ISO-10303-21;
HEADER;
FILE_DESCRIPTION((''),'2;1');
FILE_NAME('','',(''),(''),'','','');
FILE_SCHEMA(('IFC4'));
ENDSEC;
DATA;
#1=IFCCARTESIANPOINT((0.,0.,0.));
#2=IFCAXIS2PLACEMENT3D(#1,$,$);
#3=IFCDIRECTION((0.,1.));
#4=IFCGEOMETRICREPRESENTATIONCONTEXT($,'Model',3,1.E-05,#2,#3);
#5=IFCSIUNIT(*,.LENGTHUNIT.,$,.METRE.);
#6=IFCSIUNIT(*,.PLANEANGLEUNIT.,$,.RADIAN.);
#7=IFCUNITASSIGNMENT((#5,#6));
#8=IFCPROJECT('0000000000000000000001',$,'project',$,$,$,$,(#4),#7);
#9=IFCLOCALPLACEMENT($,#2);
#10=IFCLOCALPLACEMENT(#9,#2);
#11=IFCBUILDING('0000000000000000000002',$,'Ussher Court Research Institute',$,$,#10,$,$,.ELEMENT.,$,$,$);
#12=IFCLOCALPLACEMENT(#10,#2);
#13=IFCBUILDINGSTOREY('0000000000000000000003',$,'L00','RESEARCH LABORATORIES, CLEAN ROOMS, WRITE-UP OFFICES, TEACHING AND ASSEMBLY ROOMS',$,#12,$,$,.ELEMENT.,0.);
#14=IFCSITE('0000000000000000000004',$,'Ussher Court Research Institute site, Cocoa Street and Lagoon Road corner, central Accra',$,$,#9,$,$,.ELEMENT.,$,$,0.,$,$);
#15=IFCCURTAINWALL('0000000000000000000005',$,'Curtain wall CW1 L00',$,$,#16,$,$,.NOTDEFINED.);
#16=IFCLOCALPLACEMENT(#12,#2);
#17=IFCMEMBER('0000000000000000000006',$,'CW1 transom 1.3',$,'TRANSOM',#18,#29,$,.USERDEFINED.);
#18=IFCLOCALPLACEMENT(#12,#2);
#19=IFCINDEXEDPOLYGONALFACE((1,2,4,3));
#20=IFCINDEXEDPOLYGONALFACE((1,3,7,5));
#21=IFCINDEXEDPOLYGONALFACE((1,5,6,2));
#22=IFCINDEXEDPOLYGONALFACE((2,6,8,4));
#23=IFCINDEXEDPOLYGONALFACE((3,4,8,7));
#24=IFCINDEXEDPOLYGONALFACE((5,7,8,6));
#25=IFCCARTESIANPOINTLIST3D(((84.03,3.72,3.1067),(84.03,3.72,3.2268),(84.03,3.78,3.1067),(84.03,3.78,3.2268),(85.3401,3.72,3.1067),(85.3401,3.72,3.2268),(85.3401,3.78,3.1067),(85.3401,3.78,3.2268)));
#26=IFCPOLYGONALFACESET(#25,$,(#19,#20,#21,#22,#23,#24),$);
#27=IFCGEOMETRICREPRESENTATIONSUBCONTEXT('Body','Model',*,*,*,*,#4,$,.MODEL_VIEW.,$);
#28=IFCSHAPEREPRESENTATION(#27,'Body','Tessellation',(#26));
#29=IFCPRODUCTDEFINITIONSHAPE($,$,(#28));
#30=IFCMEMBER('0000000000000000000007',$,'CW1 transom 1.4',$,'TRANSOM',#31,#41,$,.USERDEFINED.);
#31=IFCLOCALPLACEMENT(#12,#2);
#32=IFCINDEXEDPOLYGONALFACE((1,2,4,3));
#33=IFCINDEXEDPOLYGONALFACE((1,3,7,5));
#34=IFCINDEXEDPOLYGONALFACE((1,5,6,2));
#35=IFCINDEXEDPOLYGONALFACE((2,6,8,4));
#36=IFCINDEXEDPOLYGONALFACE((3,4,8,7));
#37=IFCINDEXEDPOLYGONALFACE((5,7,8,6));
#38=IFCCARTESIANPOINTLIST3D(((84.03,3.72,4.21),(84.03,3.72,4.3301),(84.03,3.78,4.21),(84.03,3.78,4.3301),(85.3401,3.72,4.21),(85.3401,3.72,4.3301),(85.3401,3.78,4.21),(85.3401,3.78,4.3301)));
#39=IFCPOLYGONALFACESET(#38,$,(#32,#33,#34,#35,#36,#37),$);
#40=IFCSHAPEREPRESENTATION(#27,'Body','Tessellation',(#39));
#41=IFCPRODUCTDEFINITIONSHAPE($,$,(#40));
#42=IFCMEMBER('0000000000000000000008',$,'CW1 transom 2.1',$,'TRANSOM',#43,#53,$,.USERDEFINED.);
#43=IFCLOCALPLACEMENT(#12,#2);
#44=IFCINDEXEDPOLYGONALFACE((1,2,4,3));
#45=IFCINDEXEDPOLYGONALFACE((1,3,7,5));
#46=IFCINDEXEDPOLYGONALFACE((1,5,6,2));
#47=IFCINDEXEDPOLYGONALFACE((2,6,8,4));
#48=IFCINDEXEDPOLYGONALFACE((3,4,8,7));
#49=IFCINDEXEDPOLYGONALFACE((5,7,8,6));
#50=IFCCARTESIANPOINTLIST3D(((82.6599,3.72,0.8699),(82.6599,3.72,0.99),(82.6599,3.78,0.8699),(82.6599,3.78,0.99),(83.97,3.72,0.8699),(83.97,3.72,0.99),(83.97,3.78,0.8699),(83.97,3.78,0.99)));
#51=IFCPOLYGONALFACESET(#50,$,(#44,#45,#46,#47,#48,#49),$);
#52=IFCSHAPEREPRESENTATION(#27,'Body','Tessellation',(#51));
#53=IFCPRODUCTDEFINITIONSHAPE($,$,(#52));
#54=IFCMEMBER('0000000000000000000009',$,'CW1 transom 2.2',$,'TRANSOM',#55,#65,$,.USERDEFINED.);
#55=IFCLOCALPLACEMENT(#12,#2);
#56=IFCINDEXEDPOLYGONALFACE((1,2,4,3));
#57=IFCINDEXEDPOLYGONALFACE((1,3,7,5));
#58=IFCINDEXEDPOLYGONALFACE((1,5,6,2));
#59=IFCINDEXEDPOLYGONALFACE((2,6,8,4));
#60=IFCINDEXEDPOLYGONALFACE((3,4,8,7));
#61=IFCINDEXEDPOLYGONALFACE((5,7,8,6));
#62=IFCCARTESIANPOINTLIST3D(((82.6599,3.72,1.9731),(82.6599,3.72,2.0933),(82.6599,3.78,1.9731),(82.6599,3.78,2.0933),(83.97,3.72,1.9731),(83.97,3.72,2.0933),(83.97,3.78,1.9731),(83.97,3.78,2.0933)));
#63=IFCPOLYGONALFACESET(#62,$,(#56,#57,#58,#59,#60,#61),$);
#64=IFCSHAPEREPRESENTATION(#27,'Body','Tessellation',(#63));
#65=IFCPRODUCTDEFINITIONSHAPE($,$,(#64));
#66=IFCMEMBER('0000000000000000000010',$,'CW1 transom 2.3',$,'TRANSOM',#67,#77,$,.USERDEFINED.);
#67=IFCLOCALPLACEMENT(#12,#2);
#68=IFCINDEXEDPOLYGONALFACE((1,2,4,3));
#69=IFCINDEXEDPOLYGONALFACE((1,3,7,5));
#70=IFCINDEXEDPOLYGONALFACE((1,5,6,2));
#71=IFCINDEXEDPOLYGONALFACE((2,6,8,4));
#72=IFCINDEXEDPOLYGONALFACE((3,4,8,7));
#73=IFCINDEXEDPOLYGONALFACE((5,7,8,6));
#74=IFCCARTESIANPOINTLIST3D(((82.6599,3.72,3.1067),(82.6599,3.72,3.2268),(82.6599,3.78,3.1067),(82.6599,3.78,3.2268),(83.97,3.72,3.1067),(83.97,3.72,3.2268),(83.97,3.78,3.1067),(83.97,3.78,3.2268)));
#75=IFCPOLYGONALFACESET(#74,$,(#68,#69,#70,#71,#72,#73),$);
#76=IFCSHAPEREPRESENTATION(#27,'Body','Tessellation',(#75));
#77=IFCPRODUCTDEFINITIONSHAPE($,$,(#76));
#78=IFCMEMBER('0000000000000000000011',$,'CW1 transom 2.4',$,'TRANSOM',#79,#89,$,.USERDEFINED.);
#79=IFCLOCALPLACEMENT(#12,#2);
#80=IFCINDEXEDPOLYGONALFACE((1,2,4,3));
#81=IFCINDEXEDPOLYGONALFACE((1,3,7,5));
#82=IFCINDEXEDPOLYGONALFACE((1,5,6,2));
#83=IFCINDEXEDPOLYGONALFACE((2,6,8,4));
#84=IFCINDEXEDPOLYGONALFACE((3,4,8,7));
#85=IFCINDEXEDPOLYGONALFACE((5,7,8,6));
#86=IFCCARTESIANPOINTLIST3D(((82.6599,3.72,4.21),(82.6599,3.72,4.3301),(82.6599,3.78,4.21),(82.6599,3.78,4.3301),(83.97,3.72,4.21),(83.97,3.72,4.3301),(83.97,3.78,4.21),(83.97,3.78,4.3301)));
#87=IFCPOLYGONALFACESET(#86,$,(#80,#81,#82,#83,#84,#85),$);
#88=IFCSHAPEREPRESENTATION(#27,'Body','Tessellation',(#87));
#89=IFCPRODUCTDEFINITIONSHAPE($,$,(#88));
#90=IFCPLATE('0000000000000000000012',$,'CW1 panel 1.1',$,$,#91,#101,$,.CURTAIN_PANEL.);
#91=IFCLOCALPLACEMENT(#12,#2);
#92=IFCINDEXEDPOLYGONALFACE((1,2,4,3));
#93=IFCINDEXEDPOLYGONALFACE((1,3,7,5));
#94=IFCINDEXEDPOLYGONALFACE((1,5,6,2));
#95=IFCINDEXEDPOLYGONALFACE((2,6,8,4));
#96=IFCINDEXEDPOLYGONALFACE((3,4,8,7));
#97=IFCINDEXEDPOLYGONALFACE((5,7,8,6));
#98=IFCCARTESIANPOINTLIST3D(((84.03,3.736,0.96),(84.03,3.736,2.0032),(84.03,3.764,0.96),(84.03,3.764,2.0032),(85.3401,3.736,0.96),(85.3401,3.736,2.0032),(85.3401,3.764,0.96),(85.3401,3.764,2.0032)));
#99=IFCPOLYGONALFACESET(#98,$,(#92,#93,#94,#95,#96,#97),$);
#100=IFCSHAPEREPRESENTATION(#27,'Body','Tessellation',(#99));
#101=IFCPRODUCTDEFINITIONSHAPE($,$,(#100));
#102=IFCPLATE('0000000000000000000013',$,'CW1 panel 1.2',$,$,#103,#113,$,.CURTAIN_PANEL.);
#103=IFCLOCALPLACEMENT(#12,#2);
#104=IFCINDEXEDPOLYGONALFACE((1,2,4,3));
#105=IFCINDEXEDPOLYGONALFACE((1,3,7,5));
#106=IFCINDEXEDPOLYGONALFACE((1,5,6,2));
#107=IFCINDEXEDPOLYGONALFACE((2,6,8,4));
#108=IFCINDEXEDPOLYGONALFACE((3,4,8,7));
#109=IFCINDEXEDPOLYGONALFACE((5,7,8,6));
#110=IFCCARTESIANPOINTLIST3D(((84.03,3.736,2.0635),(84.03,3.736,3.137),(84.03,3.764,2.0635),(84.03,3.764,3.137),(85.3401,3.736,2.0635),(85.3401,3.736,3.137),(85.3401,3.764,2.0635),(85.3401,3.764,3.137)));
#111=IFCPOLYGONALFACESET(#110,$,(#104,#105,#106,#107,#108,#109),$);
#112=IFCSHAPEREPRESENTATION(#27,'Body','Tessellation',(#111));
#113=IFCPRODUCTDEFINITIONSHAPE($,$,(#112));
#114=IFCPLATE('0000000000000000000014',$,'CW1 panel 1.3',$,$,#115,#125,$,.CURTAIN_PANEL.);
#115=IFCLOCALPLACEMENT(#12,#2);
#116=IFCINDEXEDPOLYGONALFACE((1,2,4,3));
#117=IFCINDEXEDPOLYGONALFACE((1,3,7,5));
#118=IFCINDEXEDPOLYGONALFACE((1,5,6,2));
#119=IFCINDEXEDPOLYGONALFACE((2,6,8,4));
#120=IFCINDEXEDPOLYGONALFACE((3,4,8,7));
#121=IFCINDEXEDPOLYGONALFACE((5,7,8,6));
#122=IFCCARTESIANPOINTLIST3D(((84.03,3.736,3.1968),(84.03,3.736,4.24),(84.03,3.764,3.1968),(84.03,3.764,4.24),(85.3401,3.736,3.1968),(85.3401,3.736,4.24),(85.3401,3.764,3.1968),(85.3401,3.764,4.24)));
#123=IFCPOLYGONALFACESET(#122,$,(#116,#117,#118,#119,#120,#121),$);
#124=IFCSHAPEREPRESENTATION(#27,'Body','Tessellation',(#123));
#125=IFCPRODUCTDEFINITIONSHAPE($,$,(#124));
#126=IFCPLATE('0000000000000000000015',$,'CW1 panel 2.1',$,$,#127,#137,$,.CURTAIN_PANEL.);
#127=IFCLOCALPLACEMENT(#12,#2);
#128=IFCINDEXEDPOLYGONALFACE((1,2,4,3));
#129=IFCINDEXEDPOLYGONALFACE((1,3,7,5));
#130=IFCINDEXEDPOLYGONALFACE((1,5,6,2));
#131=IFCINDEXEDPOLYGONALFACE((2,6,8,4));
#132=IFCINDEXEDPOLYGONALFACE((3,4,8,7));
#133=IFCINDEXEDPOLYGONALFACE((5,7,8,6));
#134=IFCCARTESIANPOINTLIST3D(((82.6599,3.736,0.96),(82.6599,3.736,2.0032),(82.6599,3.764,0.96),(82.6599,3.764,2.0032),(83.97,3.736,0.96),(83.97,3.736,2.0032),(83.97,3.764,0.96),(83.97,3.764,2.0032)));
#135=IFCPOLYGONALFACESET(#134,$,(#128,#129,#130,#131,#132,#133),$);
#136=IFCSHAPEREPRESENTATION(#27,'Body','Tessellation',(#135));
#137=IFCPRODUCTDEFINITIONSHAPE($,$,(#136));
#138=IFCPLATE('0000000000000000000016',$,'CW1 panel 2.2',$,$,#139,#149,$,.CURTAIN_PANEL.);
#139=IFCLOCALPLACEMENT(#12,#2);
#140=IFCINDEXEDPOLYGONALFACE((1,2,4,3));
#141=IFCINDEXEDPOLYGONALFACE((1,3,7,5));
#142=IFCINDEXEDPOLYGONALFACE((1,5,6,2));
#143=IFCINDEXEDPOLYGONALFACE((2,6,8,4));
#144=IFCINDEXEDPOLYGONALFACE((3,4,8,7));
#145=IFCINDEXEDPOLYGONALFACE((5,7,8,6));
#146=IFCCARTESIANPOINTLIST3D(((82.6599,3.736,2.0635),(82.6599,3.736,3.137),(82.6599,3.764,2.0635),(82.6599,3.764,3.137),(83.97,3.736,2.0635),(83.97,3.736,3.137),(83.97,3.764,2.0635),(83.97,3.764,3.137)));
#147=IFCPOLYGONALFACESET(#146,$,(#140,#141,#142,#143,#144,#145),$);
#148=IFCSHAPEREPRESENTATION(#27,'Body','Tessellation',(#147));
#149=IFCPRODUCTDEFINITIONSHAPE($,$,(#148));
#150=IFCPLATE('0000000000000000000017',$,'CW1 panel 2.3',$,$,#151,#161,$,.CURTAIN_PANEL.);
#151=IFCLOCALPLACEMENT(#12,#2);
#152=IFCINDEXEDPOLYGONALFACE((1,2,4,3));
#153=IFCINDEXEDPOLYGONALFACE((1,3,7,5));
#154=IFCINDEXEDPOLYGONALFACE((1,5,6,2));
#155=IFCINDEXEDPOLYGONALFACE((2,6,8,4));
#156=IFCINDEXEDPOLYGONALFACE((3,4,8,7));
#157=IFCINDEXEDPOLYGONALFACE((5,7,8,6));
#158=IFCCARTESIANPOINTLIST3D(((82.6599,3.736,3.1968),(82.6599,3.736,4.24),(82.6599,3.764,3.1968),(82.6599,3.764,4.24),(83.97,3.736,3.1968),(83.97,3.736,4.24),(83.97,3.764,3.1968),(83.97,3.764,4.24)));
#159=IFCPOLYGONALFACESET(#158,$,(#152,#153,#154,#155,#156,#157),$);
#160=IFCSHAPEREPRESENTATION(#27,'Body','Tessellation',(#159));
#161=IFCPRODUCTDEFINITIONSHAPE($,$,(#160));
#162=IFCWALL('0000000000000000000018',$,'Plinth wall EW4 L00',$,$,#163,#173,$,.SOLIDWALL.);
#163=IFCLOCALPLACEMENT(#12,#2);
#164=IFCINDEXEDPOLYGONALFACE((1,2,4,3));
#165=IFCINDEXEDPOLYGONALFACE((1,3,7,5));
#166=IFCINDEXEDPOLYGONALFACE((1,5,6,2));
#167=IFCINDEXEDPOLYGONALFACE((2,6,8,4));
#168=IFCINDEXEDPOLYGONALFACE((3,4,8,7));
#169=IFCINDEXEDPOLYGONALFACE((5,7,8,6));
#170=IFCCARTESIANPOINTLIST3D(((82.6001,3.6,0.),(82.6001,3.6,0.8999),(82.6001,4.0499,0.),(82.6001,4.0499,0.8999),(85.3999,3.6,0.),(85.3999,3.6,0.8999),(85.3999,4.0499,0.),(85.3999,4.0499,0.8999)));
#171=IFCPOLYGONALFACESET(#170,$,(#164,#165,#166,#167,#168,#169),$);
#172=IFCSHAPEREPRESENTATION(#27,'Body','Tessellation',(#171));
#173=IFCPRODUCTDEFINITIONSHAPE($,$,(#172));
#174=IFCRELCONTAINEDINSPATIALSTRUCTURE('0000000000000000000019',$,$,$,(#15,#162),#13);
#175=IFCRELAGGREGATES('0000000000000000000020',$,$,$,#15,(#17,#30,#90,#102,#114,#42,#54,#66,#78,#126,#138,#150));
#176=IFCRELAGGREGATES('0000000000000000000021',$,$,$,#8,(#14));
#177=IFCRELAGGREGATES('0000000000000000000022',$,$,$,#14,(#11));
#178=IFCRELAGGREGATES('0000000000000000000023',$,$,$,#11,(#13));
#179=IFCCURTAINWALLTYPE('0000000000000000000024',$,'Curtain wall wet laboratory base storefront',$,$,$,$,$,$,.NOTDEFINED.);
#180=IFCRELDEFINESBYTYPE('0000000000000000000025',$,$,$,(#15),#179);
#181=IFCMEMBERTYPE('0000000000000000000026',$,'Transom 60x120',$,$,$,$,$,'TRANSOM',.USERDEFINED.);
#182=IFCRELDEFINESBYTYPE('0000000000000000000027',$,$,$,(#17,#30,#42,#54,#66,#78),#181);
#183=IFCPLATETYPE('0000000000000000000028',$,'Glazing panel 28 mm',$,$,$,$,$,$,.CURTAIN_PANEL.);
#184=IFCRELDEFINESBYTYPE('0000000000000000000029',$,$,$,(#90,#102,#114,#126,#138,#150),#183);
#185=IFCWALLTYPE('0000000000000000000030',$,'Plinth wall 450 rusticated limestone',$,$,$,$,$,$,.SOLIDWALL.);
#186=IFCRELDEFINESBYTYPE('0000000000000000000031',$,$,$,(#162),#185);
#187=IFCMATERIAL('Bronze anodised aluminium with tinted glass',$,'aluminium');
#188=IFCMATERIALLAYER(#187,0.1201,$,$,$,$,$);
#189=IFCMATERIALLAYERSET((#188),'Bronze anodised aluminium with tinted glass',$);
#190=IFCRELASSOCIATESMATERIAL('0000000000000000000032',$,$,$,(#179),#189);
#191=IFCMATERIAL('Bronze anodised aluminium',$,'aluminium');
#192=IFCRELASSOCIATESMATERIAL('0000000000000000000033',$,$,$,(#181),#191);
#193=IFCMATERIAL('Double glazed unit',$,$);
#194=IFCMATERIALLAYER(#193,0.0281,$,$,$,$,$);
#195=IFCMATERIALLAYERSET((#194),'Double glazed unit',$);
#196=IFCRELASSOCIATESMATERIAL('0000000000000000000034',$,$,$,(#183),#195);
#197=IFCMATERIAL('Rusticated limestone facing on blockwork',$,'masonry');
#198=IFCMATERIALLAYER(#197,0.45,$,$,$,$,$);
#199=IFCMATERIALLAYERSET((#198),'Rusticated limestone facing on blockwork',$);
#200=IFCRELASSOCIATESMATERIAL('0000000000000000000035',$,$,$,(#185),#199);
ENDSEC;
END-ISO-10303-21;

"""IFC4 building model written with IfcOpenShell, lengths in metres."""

from ifc_helpers import new_model, si_unit, direction, frame, frame_2d, origin, origin_2d, place, context, subcontext, project, spatial, rectangle, extrude, material, layer, layer_set, material_profile, profile_set, type_object, element, aggregate, save


model = new_model("IFC4")

# Units and contexts
model_context = context("Model", 3, precision=1e-05, world=origin(), true_north=direction((0.0, 1.0)))
body_context = subcontext(model_context, "Body", "Model", "MODEL_VIEW")
ifc_project = project(units=[si_unit("LENGTHUNIT", "METRE"), si_unit("PLANEANGLEUNIT", "RADIAN")], contexts=[model_context])

# Site, building, storey
site_placement = place(None, origin())
site = spatial("IfcSite", under=ifc_project, at=site_placement, Name="Ussher Court Research Institute site, Cocoa Street and Lagoon Road corner, central Accra", CompositionType="ELEMENT", RefElevation=0.0)
building_placement = place(site_placement, origin())
building = spatial("IfcBuilding", under=site, at=building_placement, Name="Ussher Court Research Institute", CompositionType="ELEMENT")
storey_placement = place(building_placement, origin())
storey = spatial("IfcBuildingStorey", under=building, at=storey_placement, Name="L00", Description="RESEARCH LABORATORIES, CLEAN ROOMS, WRITE-UP OFFICES, TEACHING AND ASSEMBLY ROOMS", CompositionType="ELEMENT", Elevation=0.0)

# Curtain wall, members, plates
ifc_material_1 = material(Name="Bronze anodised aluminium with tinted glass", Category="aluminium")
ifc_layer_1 = layer(ifc_material_1, 0.1201)
ifc_layer_set_1 = layer_set([ifc_layer_1], Name="Bronze anodised aluminium with tinted glass")
curtain_wall_type = type_object("IfcCurtainWallType", Name="Curtain wall wet laboratory base storefront", PredefinedType="NOTDEFINED", material=ifc_layer_set_1)
curtain_wall_placement = place(storey_placement, origin())
curtain_wall = element("IfcCurtainWall", 1, at=curtain_wall_placement, inside=storey, type_object=curtain_wall_type, Name="Curtain wall CW1 L00", PredefinedType="NOTDEFINED")
ifc_material_2 = material(Name="Bronze anodised aluminium", Category="aluminium")
ifc_material_profile_1 = material_profile(ifc_material_2, rectangle(XDim=0.0601, YDim=0.1201, at=origin_2d()), Name="Transom 60x120")
ifc_profile_set_1 = profile_set([ifc_material_profile_1], Name="Bronze anodised aluminium")
member_type_1 = type_object("IfcMemberType", Name="Transom 60x120", ElementType="TRANSOM", PredefinedType="USERDEFINED", material=ifc_profile_set_1)
member_1_placement = place(storey_placement, frame((85.3401, 3.75, 3.1667), z_axis=(-1.0, 0.0, 0.0), x_axis=(0.0, -1.0, 0.0)))
member_1 = element("IfcMember", 2, at=member_1_placement, type_object=member_type_1, Name="CW1 transom 1.3", ObjectType="TRANSOM", PredefinedType="USERDEFINED", context=body_context, shape_type="SweptSolid", body=[
    extrude(rectangle(XDim=0.0601, YDim=0.1201, at=origin_2d()), origin(), (0.0, 0.0, 1.0), 1.3101),
])
member_2_placement = place(storey_placement, frame((85.3401, 3.75, 4.27), z_axis=(-1.0, 0.0, 0.0), x_axis=(0.0, -1.0, 0.0)))
member_2 = element("IfcMember", 3, at=member_2_placement, type_object=member_type_1, Name="CW1 transom 1.4", ObjectType="TRANSOM", PredefinedType="USERDEFINED", context=body_context, shape_type="SweptSolid", body=[
    extrude(rectangle(XDim=0.0601, YDim=0.1201, at=origin_2d()), origin(), (0.0, 0.0, 1.0), 1.3101),
])
member_3_placement = place(storey_placement, frame((83.97, 3.75, 0.9299), z_axis=(-1.0, 0.0, 0.0), x_axis=(0.0, -1.0, 0.0)))
member_3 = element("IfcMember", 4, at=member_3_placement, type_object=member_type_1, Name="CW1 transom 2.1", ObjectType="TRANSOM", PredefinedType="USERDEFINED", context=body_context, shape_type="SweptSolid", body=[
    extrude(rectangle(XDim=0.0601, YDim=0.1201, at=origin_2d()), origin(), (0.0, 0.0, 1.0), 1.3101),
])
member_4_placement = place(storey_placement, frame((83.97, 3.75, 2.0332), z_axis=(-1.0, 0.0, 0.0), x_axis=(0.0, -1.0, 0.0)))
member_4 = element("IfcMember", 5, at=member_4_placement, type_object=member_type_1, Name="CW1 transom 2.2", ObjectType="TRANSOM", PredefinedType="USERDEFINED", context=body_context, shape_type="SweptSolid", body=[
    extrude(rectangle(XDim=0.0601, YDim=0.1201, at=origin_2d()), origin(), (0.0, 0.0, 1.0), 1.3101),
])
member_5_placement = place(storey_placement, frame((83.97, 3.75, 3.1667), z_axis=(-1.0, 0.0, 0.0), x_axis=(0.0, -1.0, 0.0)))
member_5 = element("IfcMember", 6, at=member_5_placement, type_object=member_type_1, Name="CW1 transom 2.3", ObjectType="TRANSOM", PredefinedType="USERDEFINED", context=body_context, shape_type="SweptSolid", body=[
    extrude(rectangle(XDim=0.0601, YDim=0.1201, at=origin_2d()), origin(), (0.0, 0.0, 1.0), 1.3101),
])
member_6_placement = place(storey_placement, frame((83.97, 3.75, 4.27), z_axis=(-1.0, 0.0, 0.0), x_axis=(0.0, -1.0, 0.0)))
member_6 = element("IfcMember", 7, at=member_6_placement, type_object=member_type_1, Name="CW1 transom 2.4", ObjectType="TRANSOM", PredefinedType="USERDEFINED", context=body_context, shape_type="SweptSolid", body=[
    extrude(rectangle(XDim=0.0601, YDim=0.1201, at=origin_2d()), origin(), (0.0, 0.0, 1.0), 1.3101),
])
ifc_material_3 = material(Name="Double glazed unit")
ifc_layer_2 = layer(ifc_material_3, 0.0281)
ifc_layer_set_2 = layer_set([ifc_layer_2], Name="Double glazed unit")
plate_type = type_object("IfcPlateType", Name="Glazing panel 28 mm", PredefinedType="CURTAIN_PANEL", material=ifc_layer_set_2)
plate_1_placement = place(storey_placement, frame((84.6851, 3.75, 0.96), z_axis=(0.0, 0.0, 1.0), x_axis=(-1.0, 0.0, 0.0)))
plate_1 = element("IfcPlate", 8, at=plate_1_placement, type_object=plate_type, Name="CW1 panel 1.1", PredefinedType="CURTAIN_PANEL", context=body_context, shape_type="SweptSolid", body=[
    extrude(rectangle(XDim=1.3101, YDim=0.0281, at=origin_2d()), origin(), (0.0, 0.0, 1.0), 1.0432),
])
plate_2_placement = place(storey_placement, frame((84.6851, 3.75, 2.0635), z_axis=(0.0, 0.0, 1.0), x_axis=(-1.0, 0.0, 0.0)))
plate_2 = element("IfcPlate", 9, at=plate_2_placement, type_object=plate_type, Name="CW1 panel 1.2", PredefinedType="CURTAIN_PANEL", context=body_context, shape_type="SweptSolid", body=[
    extrude(rectangle(XDim=1.3101, YDim=0.0281, at=origin_2d()), origin(), (0.0, 0.0, 1.0), 1.0735),
])
plate_3_placement = place(storey_placement, frame((84.6851, 3.75, 3.1968), z_axis=(0.0, 0.0, 1.0), x_axis=(-1.0, 0.0, 0.0)))
plate_3 = element("IfcPlate", 10, at=plate_3_placement, type_object=plate_type, Name="CW1 panel 1.3", PredefinedType="CURTAIN_PANEL", context=body_context, shape_type="SweptSolid", body=[
    extrude(rectangle(XDim=1.3101, YDim=0.0281, at=origin_2d()), origin(), (0.0, 0.0, 1.0), 1.0432),
])
plate_4_placement = place(storey_placement, frame((83.3149, 3.75, 0.96), z_axis=(0.0, 0.0, 1.0), x_axis=(-1.0, 0.0, 0.0)))
plate_4 = element("IfcPlate", 11, at=plate_4_placement, type_object=plate_type, Name="CW1 panel 2.1", PredefinedType="CURTAIN_PANEL", context=body_context, shape_type="SweptSolid", body=[
    extrude(rectangle(XDim=1.3101, YDim=0.0281, at=origin_2d()), origin(), (0.0, 0.0, 1.0), 1.0432),
])
plate_5_placement = place(storey_placement, frame((83.3149, 3.75, 2.0635), z_axis=(0.0, 0.0, 1.0), x_axis=(-1.0, 0.0, 0.0)))
plate_5 = element("IfcPlate", 12, at=plate_5_placement, type_object=plate_type, Name="CW1 panel 2.2", PredefinedType="CURTAIN_PANEL", context=body_context, shape_type="SweptSolid", body=[
    extrude(rectangle(XDim=1.3101, YDim=0.0281, at=origin_2d()), origin(), (0.0, 0.0, 1.0), 1.0735),
])
plate_6_placement = place(storey_placement, frame((83.3149, 3.75, 3.1968), z_axis=(0.0, 0.0, 1.0), x_axis=(-1.0, 0.0, 0.0)))
plate_6 = element("IfcPlate", 13, at=plate_6_placement, type_object=plate_type, Name="CW1 panel 2.3", PredefinedType="CURTAIN_PANEL", context=body_context, shape_type="SweptSolid", body=[
    extrude(rectangle(XDim=1.3101, YDim=0.0281, at=origin_2d()), origin(), (0.0, 0.0, 1.0), 1.0432),
])
aggregate(curtain_wall, [member_1, member_2, plate_1, plate_2, plate_3, member_3, member_4, member_5, member_6, plate_4, plate_5, plate_6])

# Wall
ifc_material_4 = material(Name="Rusticated limestone facing on blockwork", Category="masonry")
ifc_layer_3 = layer(ifc_material_4, 0.45)
ifc_layer_set_3 = layer_set([ifc_layer_3], Name="Rusticated limestone facing on blockwork")
wall_type = type_object("IfcWallType", Name="Plinth wall 450 rusticated limestone", PredefinedType="SOLIDWALL", material=ifc_layer_set_3)
wall_1_placement = place(storey_placement, frame((85.3999, 3.825, 0.0), z_axis=(0.0, 0.0, 1.0), x_axis=(-1.0, 0.0, 0.0)))
element("IfcWall", 14, at=wall_1_placement, inside=storey, type_object=wall_type, Name="Plinth wall EW4 L00", PredefinedType="SOLIDWALL", context=body_context, shape_type="SweptSolid", body=[
    extrude(rectangle(XDim=2.7998, YDim=0.45, at=frame_2d((1.3999, 0.0))), origin(), (0.0, 0.0, 1.0), 0.8999),
])

save(model, "model.ifc")
